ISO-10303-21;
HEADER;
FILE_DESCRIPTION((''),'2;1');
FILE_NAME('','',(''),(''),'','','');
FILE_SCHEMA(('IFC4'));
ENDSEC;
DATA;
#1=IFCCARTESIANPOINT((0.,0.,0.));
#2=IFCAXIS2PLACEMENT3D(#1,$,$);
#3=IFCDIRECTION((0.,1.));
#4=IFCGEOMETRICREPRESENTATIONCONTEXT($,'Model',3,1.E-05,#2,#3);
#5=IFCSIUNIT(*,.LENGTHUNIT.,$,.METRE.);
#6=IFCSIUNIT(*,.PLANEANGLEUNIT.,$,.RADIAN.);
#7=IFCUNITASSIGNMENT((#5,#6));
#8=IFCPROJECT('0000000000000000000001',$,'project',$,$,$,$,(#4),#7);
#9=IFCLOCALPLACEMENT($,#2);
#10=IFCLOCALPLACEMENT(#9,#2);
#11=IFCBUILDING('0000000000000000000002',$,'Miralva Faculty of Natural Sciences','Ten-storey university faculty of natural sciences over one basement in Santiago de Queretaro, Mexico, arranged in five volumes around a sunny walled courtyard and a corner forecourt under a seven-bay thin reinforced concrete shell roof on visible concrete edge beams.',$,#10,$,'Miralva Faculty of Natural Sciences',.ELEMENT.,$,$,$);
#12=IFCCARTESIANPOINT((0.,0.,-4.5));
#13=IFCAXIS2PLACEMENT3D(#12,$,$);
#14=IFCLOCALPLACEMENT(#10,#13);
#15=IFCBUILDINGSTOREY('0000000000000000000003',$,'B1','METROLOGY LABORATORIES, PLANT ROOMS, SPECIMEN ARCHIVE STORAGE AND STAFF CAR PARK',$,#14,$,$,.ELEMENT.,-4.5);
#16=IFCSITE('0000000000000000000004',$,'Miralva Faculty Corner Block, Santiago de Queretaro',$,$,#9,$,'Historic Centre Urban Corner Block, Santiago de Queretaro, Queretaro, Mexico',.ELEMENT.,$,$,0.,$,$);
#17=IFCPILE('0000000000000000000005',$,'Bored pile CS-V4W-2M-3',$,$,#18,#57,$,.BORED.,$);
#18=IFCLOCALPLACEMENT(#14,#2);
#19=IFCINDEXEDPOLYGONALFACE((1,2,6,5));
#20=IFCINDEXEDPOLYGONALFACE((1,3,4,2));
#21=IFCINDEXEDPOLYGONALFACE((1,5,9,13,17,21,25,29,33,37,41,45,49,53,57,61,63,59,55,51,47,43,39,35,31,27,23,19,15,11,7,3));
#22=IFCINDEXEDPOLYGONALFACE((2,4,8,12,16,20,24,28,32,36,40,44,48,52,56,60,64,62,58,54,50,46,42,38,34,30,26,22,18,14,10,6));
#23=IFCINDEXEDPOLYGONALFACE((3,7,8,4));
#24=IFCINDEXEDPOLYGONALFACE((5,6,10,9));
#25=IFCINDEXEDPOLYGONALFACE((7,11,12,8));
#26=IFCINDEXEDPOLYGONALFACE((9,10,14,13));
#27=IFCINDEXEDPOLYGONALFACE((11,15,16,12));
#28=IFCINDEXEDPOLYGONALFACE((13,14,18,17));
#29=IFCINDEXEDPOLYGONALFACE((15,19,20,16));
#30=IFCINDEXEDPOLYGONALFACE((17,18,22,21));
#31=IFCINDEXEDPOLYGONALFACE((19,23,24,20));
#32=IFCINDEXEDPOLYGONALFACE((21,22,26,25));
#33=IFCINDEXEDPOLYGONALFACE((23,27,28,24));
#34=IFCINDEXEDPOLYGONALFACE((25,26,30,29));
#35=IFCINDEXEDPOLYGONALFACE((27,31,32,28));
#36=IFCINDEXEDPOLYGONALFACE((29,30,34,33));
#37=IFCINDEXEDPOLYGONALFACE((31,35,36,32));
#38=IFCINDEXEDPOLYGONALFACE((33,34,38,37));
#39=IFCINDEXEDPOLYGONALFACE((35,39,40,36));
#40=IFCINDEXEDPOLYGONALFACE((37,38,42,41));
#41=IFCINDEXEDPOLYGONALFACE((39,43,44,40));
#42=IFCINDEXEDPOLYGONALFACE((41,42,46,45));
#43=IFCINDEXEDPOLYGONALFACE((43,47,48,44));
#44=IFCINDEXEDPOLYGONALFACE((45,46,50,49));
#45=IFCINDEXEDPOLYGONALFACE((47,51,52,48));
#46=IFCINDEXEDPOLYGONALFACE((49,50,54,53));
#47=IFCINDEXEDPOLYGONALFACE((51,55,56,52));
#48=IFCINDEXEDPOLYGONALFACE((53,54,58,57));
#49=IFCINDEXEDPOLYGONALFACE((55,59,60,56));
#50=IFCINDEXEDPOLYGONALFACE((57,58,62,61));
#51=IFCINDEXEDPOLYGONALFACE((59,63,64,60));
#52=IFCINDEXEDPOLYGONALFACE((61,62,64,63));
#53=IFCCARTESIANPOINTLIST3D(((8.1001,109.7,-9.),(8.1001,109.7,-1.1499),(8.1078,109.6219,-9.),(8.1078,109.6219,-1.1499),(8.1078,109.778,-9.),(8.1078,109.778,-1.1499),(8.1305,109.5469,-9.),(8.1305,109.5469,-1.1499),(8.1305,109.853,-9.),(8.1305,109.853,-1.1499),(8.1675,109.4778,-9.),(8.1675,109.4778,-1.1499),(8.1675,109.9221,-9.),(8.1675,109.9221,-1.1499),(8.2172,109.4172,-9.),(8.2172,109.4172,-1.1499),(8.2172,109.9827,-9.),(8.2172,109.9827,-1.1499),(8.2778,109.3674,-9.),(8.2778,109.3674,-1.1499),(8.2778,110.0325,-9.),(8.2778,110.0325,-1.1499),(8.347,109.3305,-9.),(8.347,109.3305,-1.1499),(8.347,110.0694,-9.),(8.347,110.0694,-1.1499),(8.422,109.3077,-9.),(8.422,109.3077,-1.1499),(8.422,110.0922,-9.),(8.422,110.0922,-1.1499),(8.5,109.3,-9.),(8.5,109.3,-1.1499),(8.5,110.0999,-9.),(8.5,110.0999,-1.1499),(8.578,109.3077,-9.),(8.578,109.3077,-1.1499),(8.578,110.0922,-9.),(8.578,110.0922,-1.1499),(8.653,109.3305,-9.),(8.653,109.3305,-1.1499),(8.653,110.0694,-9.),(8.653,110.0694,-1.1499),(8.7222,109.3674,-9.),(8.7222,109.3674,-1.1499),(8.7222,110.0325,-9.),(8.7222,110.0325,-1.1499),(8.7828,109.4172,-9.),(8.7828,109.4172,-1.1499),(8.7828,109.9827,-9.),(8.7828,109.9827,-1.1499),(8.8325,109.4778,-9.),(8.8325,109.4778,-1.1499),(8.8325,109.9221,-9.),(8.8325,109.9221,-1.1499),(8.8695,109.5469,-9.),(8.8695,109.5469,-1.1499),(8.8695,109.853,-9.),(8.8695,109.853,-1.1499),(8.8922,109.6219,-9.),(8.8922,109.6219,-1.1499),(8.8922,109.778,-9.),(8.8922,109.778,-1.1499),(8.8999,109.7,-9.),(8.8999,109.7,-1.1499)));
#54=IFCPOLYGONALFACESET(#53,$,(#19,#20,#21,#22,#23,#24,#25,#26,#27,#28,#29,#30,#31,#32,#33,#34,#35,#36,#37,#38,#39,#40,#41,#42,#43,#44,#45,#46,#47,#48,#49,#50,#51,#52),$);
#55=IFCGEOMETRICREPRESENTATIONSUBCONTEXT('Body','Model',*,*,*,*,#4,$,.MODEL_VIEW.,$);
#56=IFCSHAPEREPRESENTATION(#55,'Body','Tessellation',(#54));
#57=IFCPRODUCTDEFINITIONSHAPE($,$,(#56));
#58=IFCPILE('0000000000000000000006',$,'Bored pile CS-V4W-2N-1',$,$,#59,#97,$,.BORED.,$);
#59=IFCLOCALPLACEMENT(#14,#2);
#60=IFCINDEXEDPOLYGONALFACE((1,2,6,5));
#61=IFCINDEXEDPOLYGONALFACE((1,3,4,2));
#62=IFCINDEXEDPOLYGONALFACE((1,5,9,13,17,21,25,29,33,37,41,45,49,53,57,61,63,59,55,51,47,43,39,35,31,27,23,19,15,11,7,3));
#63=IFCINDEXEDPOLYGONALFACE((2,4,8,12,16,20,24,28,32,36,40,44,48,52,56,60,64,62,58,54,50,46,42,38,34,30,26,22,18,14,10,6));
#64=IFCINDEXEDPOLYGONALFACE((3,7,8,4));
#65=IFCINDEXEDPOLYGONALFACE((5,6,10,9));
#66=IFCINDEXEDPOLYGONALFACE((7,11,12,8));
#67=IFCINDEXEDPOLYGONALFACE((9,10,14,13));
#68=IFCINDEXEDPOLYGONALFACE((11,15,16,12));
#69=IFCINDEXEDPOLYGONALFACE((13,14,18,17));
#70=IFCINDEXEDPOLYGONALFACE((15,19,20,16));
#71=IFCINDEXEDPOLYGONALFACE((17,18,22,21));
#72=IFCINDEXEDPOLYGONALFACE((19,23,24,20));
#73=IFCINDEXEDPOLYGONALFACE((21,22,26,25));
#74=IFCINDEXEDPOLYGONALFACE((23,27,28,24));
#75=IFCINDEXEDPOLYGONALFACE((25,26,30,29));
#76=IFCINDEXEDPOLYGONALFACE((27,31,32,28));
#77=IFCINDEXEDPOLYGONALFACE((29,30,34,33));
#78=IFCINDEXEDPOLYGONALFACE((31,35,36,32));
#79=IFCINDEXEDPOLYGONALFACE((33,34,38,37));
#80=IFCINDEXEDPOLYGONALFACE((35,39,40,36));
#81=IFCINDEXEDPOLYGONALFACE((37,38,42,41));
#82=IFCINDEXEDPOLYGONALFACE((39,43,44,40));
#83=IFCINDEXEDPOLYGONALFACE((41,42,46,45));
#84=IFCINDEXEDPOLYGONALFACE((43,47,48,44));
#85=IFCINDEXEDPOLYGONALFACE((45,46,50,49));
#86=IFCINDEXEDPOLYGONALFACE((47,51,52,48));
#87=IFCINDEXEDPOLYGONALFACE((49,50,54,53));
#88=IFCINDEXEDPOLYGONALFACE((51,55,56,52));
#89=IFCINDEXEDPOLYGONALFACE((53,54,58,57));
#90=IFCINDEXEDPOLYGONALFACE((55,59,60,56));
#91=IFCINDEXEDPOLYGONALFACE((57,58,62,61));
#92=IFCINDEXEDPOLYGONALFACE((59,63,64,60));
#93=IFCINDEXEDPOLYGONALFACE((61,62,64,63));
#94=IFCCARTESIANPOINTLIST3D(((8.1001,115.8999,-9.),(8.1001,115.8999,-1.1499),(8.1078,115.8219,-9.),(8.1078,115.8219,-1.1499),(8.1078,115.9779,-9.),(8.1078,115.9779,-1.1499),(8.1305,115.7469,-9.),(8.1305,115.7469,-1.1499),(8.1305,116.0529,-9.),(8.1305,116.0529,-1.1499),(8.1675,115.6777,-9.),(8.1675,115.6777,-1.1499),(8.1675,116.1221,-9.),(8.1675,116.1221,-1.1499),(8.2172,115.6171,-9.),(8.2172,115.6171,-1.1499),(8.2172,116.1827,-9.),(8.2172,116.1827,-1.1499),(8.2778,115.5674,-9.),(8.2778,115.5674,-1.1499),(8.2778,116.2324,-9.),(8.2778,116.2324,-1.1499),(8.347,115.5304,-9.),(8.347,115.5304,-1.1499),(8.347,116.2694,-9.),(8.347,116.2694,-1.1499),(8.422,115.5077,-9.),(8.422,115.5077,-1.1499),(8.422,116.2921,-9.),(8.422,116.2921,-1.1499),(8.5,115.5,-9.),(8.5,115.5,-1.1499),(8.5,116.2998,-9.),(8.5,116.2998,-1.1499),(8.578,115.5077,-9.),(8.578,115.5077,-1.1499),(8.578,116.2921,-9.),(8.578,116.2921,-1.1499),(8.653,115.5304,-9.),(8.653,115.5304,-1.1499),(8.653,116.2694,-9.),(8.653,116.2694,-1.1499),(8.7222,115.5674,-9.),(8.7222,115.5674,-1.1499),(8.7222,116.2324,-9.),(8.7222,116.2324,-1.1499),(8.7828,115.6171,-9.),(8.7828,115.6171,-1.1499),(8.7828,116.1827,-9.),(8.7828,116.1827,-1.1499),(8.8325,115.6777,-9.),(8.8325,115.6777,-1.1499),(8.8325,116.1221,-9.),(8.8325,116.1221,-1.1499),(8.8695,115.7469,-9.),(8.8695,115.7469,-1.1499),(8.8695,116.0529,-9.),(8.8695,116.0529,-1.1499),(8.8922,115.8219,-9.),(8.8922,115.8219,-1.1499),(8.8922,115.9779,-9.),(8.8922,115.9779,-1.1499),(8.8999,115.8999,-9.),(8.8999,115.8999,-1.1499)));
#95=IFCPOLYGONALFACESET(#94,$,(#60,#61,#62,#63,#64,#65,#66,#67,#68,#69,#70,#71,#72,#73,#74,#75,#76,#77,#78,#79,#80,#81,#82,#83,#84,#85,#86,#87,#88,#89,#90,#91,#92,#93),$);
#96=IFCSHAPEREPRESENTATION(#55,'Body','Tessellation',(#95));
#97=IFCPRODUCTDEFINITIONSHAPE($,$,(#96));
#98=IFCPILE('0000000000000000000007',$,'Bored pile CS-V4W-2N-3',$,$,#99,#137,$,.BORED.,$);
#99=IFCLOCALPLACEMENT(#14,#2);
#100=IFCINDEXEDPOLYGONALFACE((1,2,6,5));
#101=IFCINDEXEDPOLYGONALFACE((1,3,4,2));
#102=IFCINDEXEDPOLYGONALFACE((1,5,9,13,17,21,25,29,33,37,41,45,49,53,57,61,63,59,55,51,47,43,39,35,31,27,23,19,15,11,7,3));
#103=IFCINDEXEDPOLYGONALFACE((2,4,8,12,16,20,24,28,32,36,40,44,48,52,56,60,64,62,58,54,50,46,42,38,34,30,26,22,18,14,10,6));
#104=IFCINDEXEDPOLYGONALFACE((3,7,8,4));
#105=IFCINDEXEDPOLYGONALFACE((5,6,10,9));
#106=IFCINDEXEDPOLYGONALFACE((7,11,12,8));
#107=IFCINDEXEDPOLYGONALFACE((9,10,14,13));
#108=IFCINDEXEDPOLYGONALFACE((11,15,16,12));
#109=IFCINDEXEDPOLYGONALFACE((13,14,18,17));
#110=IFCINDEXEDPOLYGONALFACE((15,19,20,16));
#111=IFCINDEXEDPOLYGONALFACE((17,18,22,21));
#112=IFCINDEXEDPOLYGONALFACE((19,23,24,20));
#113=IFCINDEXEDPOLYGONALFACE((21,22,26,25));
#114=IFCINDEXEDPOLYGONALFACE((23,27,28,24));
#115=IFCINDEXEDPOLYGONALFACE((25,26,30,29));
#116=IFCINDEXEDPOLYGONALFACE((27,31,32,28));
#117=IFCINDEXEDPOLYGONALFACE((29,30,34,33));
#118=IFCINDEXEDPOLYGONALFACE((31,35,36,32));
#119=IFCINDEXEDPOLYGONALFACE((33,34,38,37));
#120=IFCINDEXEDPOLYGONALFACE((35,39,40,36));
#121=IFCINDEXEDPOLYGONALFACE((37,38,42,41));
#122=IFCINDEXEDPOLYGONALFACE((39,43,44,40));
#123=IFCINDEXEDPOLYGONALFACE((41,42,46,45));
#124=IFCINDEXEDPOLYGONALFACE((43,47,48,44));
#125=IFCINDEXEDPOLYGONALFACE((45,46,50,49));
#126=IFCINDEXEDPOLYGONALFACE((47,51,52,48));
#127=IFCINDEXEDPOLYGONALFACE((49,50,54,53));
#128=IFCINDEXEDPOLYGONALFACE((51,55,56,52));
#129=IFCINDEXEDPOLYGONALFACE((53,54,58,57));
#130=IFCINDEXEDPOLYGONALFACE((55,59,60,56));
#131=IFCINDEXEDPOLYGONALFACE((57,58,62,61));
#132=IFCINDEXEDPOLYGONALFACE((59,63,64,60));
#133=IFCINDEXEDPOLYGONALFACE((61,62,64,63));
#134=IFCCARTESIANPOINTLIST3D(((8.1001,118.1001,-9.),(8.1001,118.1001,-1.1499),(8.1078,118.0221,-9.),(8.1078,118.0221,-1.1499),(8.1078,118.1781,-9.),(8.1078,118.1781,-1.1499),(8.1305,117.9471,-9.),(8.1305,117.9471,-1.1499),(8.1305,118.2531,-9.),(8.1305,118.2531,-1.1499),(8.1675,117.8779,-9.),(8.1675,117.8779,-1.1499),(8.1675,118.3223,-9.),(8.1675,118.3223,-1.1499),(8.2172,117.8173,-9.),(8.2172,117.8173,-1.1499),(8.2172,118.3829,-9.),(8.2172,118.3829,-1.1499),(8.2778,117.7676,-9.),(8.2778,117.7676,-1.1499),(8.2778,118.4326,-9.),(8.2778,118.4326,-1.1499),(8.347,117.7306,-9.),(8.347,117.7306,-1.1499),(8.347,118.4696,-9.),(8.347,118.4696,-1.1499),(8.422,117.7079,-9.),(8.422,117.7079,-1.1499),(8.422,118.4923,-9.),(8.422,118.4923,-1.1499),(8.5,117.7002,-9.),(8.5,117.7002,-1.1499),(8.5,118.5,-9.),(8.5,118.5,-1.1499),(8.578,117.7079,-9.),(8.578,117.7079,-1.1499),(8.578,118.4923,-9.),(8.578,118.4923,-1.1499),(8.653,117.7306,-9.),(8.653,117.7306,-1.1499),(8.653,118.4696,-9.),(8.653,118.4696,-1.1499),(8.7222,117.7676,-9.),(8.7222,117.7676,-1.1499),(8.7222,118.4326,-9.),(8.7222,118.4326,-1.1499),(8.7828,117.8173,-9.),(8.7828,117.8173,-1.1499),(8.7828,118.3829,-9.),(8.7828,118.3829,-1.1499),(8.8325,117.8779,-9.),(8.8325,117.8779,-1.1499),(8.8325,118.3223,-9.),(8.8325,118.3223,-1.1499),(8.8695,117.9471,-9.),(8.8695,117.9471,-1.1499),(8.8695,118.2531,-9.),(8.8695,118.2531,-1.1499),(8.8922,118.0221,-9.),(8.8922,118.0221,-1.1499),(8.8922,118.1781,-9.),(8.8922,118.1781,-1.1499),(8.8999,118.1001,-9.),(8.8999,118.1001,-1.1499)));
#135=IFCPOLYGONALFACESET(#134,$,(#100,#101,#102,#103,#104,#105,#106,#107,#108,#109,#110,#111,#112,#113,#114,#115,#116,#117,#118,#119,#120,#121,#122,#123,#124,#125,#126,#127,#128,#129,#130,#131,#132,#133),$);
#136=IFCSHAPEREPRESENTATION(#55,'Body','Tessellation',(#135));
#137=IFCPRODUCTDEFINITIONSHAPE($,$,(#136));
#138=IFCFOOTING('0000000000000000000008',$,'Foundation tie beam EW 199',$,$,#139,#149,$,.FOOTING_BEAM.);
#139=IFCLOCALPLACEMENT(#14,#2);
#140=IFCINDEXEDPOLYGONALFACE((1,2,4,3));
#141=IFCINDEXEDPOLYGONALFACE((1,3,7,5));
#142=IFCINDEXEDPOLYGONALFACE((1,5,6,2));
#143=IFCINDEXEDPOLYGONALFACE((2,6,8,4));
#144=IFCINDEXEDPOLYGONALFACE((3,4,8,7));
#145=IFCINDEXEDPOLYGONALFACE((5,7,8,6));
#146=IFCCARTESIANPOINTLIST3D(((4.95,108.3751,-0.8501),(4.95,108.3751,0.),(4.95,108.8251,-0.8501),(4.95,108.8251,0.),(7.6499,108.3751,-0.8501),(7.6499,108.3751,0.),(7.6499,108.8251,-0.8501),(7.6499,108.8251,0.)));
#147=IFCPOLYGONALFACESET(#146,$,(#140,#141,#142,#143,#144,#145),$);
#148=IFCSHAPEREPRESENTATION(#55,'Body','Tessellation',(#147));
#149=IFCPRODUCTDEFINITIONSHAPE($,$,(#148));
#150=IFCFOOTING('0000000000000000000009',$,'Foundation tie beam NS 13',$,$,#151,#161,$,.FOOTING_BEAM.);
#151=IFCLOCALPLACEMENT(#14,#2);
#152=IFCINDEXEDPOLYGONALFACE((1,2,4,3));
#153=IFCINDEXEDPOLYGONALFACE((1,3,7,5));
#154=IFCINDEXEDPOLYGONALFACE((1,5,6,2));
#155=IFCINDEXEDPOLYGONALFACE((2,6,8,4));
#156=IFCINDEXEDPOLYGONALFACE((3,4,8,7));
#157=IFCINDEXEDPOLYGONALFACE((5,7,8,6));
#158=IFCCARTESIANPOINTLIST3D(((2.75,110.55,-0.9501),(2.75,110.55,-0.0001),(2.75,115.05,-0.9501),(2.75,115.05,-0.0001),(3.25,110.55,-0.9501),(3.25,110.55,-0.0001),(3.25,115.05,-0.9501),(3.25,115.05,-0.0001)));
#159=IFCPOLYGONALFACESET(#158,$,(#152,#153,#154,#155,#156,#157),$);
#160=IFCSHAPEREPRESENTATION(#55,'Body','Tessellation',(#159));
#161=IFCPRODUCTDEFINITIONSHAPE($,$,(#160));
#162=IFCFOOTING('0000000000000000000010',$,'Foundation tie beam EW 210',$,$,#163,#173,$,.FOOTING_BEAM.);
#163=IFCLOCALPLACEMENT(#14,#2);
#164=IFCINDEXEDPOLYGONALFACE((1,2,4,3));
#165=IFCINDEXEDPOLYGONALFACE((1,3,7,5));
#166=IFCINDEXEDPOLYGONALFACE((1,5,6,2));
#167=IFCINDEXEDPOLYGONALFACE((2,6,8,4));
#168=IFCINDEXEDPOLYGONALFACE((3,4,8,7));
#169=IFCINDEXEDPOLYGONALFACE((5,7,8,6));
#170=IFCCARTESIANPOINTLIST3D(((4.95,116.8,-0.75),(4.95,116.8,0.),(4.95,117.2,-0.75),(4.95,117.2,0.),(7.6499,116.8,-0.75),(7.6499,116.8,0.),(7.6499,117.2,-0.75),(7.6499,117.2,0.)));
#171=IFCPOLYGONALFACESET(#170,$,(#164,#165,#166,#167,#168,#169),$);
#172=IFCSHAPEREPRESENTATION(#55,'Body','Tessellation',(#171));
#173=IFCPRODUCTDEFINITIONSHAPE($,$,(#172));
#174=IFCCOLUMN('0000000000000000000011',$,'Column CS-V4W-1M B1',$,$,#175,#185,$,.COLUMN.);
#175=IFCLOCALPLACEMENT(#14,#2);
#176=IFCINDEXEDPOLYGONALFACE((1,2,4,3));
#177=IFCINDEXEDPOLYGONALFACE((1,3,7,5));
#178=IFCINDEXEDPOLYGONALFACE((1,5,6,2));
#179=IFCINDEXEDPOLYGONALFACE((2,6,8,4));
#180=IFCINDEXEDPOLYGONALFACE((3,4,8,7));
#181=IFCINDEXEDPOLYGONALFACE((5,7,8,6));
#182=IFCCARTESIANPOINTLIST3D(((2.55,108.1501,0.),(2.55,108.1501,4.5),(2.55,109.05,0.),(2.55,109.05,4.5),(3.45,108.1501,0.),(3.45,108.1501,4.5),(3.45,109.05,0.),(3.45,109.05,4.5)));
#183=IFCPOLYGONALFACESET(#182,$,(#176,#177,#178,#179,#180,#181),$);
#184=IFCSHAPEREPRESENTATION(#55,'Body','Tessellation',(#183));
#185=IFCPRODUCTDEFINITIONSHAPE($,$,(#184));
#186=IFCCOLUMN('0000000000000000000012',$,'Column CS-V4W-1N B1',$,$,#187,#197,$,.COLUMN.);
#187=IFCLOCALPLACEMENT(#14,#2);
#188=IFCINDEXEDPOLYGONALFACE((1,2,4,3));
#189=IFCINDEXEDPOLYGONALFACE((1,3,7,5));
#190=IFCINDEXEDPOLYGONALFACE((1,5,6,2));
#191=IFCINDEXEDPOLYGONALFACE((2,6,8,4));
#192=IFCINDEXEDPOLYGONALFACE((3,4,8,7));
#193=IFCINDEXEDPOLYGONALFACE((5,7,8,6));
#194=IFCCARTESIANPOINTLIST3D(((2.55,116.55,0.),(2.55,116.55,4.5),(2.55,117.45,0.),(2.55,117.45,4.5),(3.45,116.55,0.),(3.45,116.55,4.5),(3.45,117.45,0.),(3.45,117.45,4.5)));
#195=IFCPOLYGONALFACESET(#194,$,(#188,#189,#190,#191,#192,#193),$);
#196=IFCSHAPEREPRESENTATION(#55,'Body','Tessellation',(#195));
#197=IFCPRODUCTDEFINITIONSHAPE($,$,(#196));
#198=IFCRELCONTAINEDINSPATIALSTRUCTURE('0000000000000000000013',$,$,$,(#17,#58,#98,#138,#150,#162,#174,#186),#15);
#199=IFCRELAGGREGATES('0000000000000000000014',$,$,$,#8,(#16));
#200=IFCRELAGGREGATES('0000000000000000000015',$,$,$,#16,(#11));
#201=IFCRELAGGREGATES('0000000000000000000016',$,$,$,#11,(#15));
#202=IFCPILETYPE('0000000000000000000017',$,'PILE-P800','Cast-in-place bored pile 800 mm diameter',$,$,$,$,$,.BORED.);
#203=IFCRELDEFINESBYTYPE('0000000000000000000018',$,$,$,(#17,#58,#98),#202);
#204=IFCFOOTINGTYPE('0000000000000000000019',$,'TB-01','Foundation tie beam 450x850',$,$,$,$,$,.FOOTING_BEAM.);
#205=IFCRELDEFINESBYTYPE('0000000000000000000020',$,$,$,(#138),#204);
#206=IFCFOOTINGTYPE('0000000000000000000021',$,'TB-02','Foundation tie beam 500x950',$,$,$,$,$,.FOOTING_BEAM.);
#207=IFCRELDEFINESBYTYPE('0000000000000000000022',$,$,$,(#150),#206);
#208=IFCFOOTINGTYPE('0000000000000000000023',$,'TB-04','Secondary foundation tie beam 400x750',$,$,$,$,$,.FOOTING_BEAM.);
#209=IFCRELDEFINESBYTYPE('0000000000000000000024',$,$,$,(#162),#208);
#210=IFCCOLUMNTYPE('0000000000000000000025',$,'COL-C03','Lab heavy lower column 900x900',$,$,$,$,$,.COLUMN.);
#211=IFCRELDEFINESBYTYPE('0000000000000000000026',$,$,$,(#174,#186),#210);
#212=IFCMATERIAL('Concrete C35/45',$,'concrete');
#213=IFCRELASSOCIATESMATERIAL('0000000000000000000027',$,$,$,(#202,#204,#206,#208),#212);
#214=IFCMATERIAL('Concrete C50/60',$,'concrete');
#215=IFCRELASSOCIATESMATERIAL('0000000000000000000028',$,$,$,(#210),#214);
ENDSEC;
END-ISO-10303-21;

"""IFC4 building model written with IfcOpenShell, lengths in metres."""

from ifc_helpers import new_model, si_unit, direction, frame, origin, origin_2d, place, context, subcontext, project, spatial, rectangle, circle, extrude, material, material_profile, profile_set, type_object, element, save


model = new_model("IFC4")

# Units and contexts
model_context = context("Model", 3, precision=1e-05, world=origin(), true_north=direction((0.0, 1.0)))
body_context = subcontext(model_context, "Body", "Model", "MODEL_VIEW")
ifc_project = project(units=[si_unit("LENGTHUNIT", "METRE"), si_unit("PLANEANGLEUNIT", "RADIAN")], contexts=[model_context])

# Site, building, storey
site_placement = place(None, origin())
site = spatial("IfcSite", under=ifc_project, at=site_placement, Name="Miralva Faculty Corner Block, Santiago de Queretaro", LongName="Historic Centre Urban Corner Block, Santiago de Queretaro, Queretaro, Mexico", CompositionType="ELEMENT", RefElevation=0.0)
building_placement = place(site_placement, origin())
building = spatial("IfcBuilding", under=site, at=building_placement, Name="Miralva Faculty of Natural Sciences", Description="Ten-storey university faculty of natural sciences over one basement in Santiago de Queretaro, Mexico, arranged in five volumes around a sunny walled courtyard and a corner forecourt under a seven-bay thin reinforced concrete shell roof on visible concrete edge beams.", LongName="Miralva Faculty of Natural Sciences", CompositionType="ELEMENT")
storey_placement = place(building_placement, frame((0.0, 0.0, -4.5)))
storey = spatial("IfcBuildingStorey", under=building, at=storey_placement, Name="B1", Description="METROLOGY LABORATORIES, PLANT ROOMS, SPECIMEN ARCHIVE STORAGE AND STAFF CAR PARK", CompositionType="ELEMENT", Elevation=-4.5)

# Shared definitions
ifc_material_1 = material(Name="Concrete C35/45", Category="concrete")

# Piles
ifc_material_profile_1 = material_profile(ifc_material_1, circle(Radius=0.3999, at=origin_2d()), Name="BORED PILE 800")
ifc_profile_set_1 = profile_set([ifc_material_profile_1], Name="Concrete C35/45")
pile_type = type_object("IfcPileType", Name="PILE-P800", Description="Cast-in-place bored pile 800 mm diameter", PredefinedType="BORED", material=ifc_profile_set_1)
for number, where, z_axis, x_axis, name in (
    (1, (8.5, 109.7, -1.1499), (0.0, 0.0, -1.0), (1.0, 0.0, 0.0), "Bored pile CS-V4W-2M-3"),
    (2, (8.5, 115.8999, -1.1499), (0.0, 0.0, -1.0), (1.0, 0.0, 0.0), "Bored pile CS-V4W-2N-1"),
    (3, (8.5, 118.1001, -1.1499), (0.0, 0.0, -1.0), (1.0, 0.0, 0.0), "Bored pile CS-V4W-2N-3"),
):
    element("IfcPile", number, at=place(storey_placement, frame(where, z_axis=z_axis, x_axis=x_axis)), inside=storey, type_object=pile_type, Name=name, PredefinedType="BORED", context=body_context, shape_type="SweptSolid", body=[
        extrude(circle(Radius=0.3999, at=origin_2d()), origin(), (0.0, 0.0, 1.0), 7.8501),
    ])

# Footings
ifc_material_profile_2 = material_profile(ifc_material_1, rectangle(XDim=0.45, YDim=0.8501, at=origin_2d()), Name="RC 450x850")
ifc_profile_set_2 = profile_set([ifc_material_profile_2], Name="Concrete C35/45")
footing_type_1 = type_object("IfcFootingType", Name="TB-01", Description="Foundation tie beam 450x850", PredefinedType="FOOTING_BEAM", material=ifc_profile_set_2)
footing_1_placement = place(storey_placement, frame((4.95, 108.6001, -0.425), z_axis=(1.0, 0.0, 0.0), x_axis=(0.0, 1.0, 0.0)))
element("IfcFooting", 4, at=footing_1_placement, inside=storey, type_object=footing_type_1, Name="Foundation tie beam EW 199", PredefinedType="FOOTING_BEAM", context=body_context, shape_type="SweptSolid", body=[
    extrude(rectangle(XDim=0.45, YDim=0.8501, at=origin_2d()), origin(), (0.0, 0.0, 1.0), 2.7),
])
ifc_material_profile_3 = material_profile(ifc_material_1, rectangle(XDim=0.5, YDim=0.95, at=origin_2d()), Name="RC 500x950")
ifc_profile_set_3 = profile_set([ifc_material_profile_3], Name="Concrete C35/45")
footing_type_2 = type_object("IfcFootingType", Name="TB-02", Description="Foundation tie beam 500x950", PredefinedType="FOOTING_BEAM", material=ifc_profile_set_3)
footing_2_placement = place(storey_placement, frame((3.0, 110.55, -0.4751), z_axis=(0.0, 1.0, 0.0), x_axis=(-1.0, 0.0, 0.0)))
element("IfcFooting", 5, at=footing_2_placement, inside=storey, type_object=footing_type_2, Name="Foundation tie beam NS 13", PredefinedType="FOOTING_BEAM", context=body_context, shape_type="SweptSolid", body=[
    extrude(rectangle(XDim=0.5, YDim=0.95, at=origin_2d()), origin(), (0.0, 0.0, 1.0), 4.5),
])
ifc_material_profile_4 = material_profile(ifc_material_1, rectangle(XDim=0.3999, YDim=0.75, at=origin_2d()), Name="RC 400x750")
ifc_profile_set_4 = profile_set([ifc_material_profile_4], Name="Concrete C35/45")
footing_type_3 = type_object("IfcFootingType", Name="TB-04", Description="Secondary foundation tie beam 400x750", PredefinedType="FOOTING_BEAM", material=ifc_profile_set_4)
footing_3_placement = place(storey_placement, frame((4.95, 117.0, -0.375), z_axis=(1.0, 0.0, 0.0), x_axis=(0.0, 1.0, 0.0)))
element("IfcFooting", 6, at=footing_3_placement, inside=storey, type_object=footing_type_3, Name="Foundation tie beam EW 210", PredefinedType="FOOTING_BEAM", context=body_context, shape_type="SweptSolid", body=[
    extrude(rectangle(XDim=0.3999, YDim=0.75, at=origin_2d()), origin(), (0.0, 0.0, 1.0), 2.7),
])

# Columns
ifc_material_2 = material(Name="Concrete C50/60", Category="concrete")
ifc_material_profile_5 = material_profile(ifc_material_2, rectangle(XDim=0.8999, YDim=0.8999, at=origin_2d()), Name="RC 900x900")
ifc_profile_set_5 = profile_set([ifc_material_profile_5], Name="Concrete C50/60")
column_type = type_object("IfcColumnType", Name="COL-C03", Description="Lab heavy lower column 900x900", PredefinedType="COLUMN", material=ifc_profile_set_5)
for number, where, z_axis, x_axis, name in (
    (7, (3.0, 108.6001, 0.0), (0.0, 0.0, 1.0), (1.0, 0.0, 0.0), "Column CS-V4W-1M B1"),
    (8, (3.0, 117.0, 0.0), (0.0, 0.0, 1.0), (1.0, 0.0, 0.0), "Column CS-V4W-1N B1"),
):
    element("IfcColumn", number, at=place(storey_placement, frame(where, z_axis=z_axis, x_axis=x_axis)), inside=storey, type_object=column_type, Name=name, PredefinedType="COLUMN", context=body_context, shape_type="SweptSolid", body=[
        extrude(rectangle(XDim=0.8999, YDim=0.8999, at=origin_2d()), origin(), (0.0, 0.0, 1.0), 4.5),
    ])

save(model, "model.ifc")
